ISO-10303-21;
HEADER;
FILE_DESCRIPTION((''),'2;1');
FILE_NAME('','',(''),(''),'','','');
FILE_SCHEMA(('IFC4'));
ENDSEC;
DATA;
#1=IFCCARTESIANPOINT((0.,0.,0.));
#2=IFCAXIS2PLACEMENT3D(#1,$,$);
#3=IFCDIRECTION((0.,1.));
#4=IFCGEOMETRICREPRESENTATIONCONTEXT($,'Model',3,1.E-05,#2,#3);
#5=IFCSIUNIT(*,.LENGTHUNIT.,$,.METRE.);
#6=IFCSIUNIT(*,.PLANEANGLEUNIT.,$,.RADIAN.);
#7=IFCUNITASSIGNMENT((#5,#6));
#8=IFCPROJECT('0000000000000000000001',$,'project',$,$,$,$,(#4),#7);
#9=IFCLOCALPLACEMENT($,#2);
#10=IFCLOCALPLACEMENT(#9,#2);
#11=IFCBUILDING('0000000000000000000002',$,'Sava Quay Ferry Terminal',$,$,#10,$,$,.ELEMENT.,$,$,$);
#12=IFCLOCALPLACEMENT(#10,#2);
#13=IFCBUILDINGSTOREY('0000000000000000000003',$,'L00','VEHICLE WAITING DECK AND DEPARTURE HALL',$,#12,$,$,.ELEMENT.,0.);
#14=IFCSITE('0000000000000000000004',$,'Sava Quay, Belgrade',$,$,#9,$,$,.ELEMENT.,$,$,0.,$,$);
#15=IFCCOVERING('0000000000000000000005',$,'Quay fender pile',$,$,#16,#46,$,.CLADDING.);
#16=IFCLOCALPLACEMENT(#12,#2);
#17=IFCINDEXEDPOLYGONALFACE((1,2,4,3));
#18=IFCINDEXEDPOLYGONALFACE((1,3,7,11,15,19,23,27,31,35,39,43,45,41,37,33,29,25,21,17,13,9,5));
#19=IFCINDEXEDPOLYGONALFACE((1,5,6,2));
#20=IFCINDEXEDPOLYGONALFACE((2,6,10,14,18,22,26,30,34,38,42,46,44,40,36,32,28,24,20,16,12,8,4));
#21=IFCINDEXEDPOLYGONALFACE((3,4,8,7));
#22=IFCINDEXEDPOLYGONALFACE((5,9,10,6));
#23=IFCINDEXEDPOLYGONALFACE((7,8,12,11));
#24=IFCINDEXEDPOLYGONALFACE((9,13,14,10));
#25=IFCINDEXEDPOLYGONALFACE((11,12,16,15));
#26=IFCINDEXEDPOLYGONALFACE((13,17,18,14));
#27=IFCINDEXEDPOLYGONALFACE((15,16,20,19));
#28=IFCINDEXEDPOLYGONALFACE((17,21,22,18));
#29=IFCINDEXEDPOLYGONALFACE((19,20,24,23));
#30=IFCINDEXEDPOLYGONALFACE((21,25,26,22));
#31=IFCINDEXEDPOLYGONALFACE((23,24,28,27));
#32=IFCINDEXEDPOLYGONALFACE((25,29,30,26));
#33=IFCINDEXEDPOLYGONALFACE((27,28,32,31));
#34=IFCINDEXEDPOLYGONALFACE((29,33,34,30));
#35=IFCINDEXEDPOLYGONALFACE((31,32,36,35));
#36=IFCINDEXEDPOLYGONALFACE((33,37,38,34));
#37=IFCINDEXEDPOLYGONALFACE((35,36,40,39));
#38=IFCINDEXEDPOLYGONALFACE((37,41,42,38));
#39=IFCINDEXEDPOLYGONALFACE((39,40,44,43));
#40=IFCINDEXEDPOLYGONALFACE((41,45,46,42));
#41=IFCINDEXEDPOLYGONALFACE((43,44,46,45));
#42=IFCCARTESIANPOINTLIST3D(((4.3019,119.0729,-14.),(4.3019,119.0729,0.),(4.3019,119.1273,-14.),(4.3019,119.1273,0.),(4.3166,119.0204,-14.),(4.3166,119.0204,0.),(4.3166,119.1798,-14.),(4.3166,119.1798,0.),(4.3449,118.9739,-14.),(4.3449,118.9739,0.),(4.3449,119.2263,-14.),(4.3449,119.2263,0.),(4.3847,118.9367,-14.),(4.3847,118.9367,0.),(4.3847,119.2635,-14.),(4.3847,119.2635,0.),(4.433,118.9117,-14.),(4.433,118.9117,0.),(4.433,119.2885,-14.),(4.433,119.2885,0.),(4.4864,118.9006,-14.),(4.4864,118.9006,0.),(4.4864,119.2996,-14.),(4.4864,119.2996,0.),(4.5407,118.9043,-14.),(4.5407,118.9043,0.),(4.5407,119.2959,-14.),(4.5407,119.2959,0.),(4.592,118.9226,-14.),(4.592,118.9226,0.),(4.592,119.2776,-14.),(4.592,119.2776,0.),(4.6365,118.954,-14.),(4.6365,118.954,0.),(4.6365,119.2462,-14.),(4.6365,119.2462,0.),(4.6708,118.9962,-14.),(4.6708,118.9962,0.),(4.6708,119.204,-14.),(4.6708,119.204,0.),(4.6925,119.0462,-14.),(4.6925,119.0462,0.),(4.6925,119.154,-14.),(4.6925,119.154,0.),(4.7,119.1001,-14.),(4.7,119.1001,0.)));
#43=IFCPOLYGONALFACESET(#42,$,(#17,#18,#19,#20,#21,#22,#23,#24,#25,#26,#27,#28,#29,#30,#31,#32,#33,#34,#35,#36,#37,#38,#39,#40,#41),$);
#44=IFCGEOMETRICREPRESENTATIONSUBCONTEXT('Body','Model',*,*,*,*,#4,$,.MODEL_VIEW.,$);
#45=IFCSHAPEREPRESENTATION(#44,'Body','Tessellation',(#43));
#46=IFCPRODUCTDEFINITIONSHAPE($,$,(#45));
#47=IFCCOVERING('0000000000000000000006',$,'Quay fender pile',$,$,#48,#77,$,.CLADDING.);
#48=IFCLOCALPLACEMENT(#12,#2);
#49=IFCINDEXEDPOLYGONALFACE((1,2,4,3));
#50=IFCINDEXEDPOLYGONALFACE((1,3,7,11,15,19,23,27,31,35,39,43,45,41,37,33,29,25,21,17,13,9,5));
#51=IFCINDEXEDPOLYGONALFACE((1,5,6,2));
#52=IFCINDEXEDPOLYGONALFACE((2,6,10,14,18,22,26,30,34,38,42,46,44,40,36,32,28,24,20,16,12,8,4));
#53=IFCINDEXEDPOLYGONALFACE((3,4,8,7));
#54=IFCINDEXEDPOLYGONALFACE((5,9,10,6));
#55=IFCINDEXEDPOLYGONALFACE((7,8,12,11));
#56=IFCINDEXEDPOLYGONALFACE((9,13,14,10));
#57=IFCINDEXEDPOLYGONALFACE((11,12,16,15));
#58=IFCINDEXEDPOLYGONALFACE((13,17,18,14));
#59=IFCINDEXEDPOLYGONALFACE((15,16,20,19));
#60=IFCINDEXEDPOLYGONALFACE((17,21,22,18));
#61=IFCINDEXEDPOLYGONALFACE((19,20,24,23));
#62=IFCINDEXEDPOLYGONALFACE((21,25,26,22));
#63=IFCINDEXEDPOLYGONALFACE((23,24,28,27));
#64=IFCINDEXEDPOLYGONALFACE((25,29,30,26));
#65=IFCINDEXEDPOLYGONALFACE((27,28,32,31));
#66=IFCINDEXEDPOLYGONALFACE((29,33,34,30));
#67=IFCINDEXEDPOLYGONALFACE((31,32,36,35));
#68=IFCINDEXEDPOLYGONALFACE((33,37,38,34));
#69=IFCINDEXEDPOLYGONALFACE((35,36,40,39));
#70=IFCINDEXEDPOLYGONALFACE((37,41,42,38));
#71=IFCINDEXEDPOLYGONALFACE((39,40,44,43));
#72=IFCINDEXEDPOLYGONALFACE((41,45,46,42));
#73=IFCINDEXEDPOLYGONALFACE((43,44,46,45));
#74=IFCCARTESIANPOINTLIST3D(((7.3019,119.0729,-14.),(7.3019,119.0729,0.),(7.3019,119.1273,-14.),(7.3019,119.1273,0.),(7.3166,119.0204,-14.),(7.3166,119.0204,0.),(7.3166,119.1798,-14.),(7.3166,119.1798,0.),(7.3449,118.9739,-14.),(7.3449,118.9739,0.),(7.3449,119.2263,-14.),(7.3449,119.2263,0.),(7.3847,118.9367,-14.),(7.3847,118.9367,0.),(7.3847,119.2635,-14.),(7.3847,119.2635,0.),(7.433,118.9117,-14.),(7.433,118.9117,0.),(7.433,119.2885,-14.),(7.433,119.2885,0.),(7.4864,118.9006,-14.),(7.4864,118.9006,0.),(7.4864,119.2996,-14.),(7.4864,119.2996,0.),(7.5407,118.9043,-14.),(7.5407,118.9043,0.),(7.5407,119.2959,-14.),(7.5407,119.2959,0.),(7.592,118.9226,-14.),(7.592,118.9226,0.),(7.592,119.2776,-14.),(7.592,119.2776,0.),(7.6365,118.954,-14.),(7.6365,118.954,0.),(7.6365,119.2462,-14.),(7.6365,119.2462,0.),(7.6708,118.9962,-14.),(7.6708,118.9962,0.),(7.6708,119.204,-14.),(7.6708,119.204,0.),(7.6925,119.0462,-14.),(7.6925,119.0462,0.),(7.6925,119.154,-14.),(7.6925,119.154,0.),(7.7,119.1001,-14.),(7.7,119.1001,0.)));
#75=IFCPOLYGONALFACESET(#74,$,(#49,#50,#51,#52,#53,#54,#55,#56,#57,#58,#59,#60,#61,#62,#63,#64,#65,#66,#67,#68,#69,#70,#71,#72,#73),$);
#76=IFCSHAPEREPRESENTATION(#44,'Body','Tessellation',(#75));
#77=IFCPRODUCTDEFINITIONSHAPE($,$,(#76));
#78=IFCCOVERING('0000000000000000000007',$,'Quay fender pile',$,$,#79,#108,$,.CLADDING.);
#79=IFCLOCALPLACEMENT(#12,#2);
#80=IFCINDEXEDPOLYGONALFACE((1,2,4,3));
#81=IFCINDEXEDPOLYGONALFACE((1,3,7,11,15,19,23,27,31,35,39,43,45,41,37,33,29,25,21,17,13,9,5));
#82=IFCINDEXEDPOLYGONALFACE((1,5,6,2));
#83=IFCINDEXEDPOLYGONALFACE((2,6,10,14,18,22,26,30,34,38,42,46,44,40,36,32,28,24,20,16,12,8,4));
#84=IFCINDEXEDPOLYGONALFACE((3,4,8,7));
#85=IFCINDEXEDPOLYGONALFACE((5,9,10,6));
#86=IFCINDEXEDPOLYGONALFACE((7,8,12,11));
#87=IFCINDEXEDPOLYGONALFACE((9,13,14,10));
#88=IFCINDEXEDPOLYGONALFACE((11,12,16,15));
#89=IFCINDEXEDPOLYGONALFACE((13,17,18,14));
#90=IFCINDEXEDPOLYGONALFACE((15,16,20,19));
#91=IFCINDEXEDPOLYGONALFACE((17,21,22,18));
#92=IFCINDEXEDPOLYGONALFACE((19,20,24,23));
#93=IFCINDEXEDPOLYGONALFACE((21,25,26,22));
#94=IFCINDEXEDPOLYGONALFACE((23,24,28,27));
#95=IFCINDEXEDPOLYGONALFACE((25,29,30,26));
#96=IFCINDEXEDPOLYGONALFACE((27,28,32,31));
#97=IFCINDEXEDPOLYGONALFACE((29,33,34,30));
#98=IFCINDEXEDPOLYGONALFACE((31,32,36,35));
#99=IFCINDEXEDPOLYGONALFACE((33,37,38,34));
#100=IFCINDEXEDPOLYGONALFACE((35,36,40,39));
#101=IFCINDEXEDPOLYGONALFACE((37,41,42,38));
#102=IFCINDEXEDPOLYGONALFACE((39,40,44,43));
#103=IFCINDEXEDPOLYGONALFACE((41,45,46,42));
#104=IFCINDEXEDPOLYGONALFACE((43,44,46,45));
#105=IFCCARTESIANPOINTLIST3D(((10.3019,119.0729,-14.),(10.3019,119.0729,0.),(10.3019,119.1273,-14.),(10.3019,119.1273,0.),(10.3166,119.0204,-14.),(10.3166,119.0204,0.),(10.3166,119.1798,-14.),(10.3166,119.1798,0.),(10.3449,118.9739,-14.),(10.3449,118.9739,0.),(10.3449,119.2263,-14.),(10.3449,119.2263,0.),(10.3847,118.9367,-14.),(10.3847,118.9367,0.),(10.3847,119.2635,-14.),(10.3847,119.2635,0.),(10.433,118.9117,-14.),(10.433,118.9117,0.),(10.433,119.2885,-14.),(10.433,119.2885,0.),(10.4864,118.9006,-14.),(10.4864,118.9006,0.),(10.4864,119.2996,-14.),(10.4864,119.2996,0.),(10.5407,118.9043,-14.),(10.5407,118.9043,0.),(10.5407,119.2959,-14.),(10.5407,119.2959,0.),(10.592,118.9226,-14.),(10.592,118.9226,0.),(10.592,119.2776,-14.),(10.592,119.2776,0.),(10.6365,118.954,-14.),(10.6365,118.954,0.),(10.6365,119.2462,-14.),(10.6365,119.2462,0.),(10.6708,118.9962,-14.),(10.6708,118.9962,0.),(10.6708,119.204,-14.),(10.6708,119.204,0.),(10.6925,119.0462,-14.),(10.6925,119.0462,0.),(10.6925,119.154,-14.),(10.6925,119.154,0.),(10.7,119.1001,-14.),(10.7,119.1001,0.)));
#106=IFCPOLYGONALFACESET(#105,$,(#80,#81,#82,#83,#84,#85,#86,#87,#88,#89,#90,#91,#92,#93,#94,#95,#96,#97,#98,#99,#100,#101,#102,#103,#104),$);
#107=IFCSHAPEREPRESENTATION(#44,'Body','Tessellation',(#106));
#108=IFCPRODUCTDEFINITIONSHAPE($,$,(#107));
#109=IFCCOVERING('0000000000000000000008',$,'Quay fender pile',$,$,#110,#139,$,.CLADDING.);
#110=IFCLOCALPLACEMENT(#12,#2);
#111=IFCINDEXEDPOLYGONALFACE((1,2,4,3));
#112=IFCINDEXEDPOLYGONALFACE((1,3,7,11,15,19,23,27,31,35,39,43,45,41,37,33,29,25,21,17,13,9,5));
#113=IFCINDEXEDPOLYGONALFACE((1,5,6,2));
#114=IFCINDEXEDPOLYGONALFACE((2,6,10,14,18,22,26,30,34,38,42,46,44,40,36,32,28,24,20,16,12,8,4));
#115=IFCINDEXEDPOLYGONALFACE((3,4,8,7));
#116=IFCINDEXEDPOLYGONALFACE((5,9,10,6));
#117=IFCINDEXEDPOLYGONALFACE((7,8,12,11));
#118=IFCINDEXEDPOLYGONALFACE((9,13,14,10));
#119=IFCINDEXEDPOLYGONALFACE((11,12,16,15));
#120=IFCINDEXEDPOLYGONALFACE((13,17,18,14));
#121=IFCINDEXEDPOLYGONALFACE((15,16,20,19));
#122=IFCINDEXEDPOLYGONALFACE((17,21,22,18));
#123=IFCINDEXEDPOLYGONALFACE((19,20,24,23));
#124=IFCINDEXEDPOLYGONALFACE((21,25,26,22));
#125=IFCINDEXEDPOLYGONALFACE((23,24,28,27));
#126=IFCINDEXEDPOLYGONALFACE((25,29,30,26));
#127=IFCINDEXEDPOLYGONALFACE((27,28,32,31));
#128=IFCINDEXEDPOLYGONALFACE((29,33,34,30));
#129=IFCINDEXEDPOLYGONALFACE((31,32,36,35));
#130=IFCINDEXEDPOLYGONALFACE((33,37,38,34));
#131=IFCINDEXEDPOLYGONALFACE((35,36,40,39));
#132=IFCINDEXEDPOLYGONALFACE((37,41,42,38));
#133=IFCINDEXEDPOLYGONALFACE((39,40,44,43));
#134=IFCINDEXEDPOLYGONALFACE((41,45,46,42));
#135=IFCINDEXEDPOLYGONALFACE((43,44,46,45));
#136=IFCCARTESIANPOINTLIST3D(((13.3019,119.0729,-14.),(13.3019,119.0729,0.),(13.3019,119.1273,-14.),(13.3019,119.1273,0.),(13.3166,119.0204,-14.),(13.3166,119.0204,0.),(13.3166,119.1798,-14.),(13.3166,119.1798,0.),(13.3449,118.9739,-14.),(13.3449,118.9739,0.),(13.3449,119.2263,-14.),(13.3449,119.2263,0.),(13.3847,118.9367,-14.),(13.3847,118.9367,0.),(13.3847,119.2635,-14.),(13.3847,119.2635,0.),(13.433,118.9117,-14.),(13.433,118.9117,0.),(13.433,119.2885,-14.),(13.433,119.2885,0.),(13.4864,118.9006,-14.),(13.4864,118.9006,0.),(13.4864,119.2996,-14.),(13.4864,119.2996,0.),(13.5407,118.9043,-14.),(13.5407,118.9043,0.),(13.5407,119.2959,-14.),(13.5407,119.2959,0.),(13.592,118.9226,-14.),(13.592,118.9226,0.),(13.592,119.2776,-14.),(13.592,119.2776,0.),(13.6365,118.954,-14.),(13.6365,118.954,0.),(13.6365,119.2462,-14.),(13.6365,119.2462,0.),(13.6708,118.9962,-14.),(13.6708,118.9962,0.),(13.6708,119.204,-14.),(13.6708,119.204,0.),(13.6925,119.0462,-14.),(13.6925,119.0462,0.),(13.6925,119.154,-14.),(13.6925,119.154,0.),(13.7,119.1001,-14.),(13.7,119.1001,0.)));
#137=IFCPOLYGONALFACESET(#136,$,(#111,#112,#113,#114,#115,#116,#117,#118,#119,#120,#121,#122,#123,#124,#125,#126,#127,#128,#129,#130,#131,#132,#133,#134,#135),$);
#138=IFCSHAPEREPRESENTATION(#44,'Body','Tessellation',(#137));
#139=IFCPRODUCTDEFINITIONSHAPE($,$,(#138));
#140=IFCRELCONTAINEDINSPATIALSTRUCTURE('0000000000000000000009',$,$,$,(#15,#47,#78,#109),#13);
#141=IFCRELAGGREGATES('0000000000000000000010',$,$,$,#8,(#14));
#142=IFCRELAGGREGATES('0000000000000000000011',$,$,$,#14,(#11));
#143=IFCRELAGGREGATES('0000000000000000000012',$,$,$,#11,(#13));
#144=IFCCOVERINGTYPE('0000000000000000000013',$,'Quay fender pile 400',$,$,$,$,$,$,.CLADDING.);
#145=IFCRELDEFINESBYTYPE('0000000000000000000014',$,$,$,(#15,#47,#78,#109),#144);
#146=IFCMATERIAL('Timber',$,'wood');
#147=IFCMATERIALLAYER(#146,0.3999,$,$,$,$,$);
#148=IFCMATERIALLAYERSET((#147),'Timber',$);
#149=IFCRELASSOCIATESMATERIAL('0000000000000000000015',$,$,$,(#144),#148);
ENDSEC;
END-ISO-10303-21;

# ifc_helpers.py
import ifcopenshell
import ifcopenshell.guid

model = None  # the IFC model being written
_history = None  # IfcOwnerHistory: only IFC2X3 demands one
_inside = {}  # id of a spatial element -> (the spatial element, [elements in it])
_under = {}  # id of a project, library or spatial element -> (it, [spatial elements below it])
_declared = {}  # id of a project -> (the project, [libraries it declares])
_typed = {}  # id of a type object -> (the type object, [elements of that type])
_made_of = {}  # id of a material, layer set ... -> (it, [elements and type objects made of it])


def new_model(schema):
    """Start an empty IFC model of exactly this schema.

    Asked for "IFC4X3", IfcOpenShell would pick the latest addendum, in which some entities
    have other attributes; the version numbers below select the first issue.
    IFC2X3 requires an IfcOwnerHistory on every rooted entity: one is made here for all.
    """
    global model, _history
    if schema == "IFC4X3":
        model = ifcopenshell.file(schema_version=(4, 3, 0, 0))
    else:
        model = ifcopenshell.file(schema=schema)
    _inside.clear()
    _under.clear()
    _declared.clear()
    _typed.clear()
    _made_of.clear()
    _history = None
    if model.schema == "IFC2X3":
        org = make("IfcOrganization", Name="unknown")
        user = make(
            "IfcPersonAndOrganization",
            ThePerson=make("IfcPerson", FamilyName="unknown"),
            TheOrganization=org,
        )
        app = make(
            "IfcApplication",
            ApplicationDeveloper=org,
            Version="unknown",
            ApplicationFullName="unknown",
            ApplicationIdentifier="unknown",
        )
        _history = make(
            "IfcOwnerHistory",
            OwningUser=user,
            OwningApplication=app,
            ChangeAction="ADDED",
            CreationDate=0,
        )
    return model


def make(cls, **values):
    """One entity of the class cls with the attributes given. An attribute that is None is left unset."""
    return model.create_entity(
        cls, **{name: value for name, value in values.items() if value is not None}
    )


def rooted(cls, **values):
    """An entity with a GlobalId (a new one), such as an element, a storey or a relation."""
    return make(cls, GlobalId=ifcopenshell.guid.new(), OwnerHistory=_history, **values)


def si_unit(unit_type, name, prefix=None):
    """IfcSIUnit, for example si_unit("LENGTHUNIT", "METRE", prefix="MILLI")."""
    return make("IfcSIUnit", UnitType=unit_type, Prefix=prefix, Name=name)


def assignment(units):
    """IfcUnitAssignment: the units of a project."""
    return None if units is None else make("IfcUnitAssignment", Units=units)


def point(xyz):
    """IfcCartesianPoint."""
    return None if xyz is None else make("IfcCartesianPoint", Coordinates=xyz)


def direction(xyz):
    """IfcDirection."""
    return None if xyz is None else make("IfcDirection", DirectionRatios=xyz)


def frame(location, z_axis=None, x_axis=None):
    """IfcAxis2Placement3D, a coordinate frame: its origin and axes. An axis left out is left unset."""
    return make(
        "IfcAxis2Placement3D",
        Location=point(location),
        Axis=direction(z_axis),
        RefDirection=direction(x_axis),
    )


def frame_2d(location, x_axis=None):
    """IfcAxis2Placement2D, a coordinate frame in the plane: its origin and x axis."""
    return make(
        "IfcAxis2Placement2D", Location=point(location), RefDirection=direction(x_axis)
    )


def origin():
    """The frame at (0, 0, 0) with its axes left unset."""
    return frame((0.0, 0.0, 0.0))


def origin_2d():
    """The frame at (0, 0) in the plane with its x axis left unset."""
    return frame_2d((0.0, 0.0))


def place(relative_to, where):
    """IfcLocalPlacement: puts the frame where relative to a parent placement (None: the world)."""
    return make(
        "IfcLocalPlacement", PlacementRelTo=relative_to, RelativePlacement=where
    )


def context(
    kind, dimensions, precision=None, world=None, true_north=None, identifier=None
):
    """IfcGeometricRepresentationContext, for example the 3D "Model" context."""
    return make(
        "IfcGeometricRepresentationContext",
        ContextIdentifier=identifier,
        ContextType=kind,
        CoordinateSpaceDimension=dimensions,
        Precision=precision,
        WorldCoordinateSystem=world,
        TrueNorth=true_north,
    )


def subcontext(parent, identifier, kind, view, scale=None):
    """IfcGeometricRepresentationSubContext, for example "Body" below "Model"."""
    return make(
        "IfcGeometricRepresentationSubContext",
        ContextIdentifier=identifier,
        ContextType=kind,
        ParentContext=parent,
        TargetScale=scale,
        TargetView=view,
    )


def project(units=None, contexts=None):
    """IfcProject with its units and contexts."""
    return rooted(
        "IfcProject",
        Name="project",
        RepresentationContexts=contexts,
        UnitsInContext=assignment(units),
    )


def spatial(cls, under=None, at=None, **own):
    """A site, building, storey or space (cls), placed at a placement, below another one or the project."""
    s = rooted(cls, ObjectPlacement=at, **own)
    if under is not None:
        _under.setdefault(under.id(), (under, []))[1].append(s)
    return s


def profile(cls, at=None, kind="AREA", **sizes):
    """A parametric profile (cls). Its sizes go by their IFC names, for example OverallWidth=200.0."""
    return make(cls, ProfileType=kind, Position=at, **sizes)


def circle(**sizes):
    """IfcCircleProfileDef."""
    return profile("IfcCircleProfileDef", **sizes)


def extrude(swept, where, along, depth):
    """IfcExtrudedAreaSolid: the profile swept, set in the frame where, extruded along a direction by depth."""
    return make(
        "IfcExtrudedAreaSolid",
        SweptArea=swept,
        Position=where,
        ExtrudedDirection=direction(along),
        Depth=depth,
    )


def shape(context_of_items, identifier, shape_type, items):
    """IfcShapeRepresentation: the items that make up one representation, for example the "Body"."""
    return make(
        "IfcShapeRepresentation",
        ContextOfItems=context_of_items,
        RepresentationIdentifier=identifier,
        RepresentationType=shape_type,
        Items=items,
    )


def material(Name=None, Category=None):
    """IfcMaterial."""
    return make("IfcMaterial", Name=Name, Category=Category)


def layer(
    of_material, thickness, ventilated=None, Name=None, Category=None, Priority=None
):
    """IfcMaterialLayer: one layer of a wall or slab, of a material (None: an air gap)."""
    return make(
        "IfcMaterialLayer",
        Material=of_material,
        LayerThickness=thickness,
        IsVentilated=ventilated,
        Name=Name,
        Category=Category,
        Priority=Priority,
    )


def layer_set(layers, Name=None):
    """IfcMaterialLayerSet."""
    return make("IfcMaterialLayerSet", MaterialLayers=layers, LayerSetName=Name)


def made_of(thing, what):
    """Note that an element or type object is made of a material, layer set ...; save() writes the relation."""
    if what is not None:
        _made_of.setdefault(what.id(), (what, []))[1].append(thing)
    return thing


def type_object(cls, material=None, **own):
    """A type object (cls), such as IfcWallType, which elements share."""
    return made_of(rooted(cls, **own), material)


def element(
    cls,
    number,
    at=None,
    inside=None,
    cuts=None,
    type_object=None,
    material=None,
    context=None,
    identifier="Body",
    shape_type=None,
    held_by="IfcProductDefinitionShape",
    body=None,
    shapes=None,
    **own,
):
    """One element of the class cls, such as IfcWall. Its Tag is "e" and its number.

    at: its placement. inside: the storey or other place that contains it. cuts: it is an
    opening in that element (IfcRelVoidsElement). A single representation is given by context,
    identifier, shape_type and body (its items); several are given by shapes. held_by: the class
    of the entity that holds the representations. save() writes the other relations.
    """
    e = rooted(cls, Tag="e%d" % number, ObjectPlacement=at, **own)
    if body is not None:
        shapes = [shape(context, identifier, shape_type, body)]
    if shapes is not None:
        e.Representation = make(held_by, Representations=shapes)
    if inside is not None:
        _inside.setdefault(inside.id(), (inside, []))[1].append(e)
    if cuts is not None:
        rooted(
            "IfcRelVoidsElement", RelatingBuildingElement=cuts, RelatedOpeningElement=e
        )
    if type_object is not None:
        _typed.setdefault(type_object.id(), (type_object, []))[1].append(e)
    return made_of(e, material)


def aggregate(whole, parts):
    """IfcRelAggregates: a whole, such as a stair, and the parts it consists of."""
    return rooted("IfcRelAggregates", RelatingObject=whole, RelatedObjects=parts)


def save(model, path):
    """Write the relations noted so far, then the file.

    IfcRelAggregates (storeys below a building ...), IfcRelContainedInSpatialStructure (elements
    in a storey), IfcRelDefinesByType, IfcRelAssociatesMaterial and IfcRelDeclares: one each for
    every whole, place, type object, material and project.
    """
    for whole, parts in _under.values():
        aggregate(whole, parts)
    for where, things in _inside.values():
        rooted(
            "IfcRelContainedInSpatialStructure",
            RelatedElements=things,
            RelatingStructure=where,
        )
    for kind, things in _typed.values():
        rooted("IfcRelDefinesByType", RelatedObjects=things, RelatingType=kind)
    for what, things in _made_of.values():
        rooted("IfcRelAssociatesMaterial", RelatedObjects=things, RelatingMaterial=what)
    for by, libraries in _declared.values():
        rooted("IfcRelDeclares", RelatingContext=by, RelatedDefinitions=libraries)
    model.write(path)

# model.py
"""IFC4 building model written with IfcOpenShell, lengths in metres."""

from ifc_helpers import new_model, si_unit, direction, frame, origin, origin_2d, place, context, subcontext, project, spatial, circle, extrude, material, layer, layer_set, type_object, element, save


model = new_model("IFC4")

# Units and contexts
model_context = context("Model", 3, precision=1e-05, world=origin(), true_north=direction((0.0, 1.0)))
body_context = subcontext(model_context, "Body", "Model", "MODEL_VIEW")
ifc_project = project(units=[si_unit("LENGTHUNIT", "METRE"), si_unit("PLANEANGLEUNIT", "RADIAN")], contexts=[model_context])

# Site, building, storey
site_placement = place(None, origin())
site = spatial("IfcSite", under=ifc_project, at=site_placement, Name="Sava Quay, Belgrade", CompositionType="ELEMENT", RefElevation=0.0)
building_placement = place(site_placement, origin())
building = spatial("IfcBuilding", under=site, at=building_placement, Name="Sava Quay Ferry Terminal", CompositionType="ELEMENT")
storey_placement = place(building_placement, origin())
storey = spatial("IfcBuildingStorey", under=building, at=storey_placement, Name="L00", Description="VEHICLE WAITING DECK AND DEPARTURE HALL", CompositionType="ELEMENT", Elevation=0.0)

# Coverings
ifc_material_1 = material(Name="Timber", Category="wood")
ifc_layer_1 = layer(ifc_material_1, 0.3999)
ifc_layer_set_1 = layer_set([ifc_layer_1], Name="Timber")
covering_type_1 = type_object("IfcCoveringType", Name="Quay fender pile 400", PredefinedType="CLADDING", material=ifc_layer_set_1)
for number, where, z_axis, x_axis, name in (
    (1, (4.5, 119.1001, 0.0), (0.0, 0.0, -1.0), (1.0, 0.0, 0.0), "Quay fender pile"),
    (2, (7.5, 119.1001, 0.0), (0.0, 0.0, -1.0), (1.0, 0.0, 0.0), "Quay fender pile"),
    (3, (10.5, 119.1001, 0.0), (0.0, 0.0, -1.0), (1.0, 0.0, 0.0), "Quay fender pile"),
    (4, (13.5, 119.1001, 0.0), (0.0, 0.0, -1.0), (1.0, 0.0, 0.0), "Quay fender pile"),
):
    element("IfcCovering", number, at=place(storey_placement, frame(where, z_axis=z_axis, x_axis=x_axis)), inside=storey, type_object=covering_type_1, Name=name, PredefinedType="CLADDING", context=body_context, shape_type="SweptSolid", body=[
        extrude(circle(Radius=0.2, at=origin_2d()), origin(), (0.0, 0.0, 1.0), 14.0),
    ])

save(model, "model.ifc")
